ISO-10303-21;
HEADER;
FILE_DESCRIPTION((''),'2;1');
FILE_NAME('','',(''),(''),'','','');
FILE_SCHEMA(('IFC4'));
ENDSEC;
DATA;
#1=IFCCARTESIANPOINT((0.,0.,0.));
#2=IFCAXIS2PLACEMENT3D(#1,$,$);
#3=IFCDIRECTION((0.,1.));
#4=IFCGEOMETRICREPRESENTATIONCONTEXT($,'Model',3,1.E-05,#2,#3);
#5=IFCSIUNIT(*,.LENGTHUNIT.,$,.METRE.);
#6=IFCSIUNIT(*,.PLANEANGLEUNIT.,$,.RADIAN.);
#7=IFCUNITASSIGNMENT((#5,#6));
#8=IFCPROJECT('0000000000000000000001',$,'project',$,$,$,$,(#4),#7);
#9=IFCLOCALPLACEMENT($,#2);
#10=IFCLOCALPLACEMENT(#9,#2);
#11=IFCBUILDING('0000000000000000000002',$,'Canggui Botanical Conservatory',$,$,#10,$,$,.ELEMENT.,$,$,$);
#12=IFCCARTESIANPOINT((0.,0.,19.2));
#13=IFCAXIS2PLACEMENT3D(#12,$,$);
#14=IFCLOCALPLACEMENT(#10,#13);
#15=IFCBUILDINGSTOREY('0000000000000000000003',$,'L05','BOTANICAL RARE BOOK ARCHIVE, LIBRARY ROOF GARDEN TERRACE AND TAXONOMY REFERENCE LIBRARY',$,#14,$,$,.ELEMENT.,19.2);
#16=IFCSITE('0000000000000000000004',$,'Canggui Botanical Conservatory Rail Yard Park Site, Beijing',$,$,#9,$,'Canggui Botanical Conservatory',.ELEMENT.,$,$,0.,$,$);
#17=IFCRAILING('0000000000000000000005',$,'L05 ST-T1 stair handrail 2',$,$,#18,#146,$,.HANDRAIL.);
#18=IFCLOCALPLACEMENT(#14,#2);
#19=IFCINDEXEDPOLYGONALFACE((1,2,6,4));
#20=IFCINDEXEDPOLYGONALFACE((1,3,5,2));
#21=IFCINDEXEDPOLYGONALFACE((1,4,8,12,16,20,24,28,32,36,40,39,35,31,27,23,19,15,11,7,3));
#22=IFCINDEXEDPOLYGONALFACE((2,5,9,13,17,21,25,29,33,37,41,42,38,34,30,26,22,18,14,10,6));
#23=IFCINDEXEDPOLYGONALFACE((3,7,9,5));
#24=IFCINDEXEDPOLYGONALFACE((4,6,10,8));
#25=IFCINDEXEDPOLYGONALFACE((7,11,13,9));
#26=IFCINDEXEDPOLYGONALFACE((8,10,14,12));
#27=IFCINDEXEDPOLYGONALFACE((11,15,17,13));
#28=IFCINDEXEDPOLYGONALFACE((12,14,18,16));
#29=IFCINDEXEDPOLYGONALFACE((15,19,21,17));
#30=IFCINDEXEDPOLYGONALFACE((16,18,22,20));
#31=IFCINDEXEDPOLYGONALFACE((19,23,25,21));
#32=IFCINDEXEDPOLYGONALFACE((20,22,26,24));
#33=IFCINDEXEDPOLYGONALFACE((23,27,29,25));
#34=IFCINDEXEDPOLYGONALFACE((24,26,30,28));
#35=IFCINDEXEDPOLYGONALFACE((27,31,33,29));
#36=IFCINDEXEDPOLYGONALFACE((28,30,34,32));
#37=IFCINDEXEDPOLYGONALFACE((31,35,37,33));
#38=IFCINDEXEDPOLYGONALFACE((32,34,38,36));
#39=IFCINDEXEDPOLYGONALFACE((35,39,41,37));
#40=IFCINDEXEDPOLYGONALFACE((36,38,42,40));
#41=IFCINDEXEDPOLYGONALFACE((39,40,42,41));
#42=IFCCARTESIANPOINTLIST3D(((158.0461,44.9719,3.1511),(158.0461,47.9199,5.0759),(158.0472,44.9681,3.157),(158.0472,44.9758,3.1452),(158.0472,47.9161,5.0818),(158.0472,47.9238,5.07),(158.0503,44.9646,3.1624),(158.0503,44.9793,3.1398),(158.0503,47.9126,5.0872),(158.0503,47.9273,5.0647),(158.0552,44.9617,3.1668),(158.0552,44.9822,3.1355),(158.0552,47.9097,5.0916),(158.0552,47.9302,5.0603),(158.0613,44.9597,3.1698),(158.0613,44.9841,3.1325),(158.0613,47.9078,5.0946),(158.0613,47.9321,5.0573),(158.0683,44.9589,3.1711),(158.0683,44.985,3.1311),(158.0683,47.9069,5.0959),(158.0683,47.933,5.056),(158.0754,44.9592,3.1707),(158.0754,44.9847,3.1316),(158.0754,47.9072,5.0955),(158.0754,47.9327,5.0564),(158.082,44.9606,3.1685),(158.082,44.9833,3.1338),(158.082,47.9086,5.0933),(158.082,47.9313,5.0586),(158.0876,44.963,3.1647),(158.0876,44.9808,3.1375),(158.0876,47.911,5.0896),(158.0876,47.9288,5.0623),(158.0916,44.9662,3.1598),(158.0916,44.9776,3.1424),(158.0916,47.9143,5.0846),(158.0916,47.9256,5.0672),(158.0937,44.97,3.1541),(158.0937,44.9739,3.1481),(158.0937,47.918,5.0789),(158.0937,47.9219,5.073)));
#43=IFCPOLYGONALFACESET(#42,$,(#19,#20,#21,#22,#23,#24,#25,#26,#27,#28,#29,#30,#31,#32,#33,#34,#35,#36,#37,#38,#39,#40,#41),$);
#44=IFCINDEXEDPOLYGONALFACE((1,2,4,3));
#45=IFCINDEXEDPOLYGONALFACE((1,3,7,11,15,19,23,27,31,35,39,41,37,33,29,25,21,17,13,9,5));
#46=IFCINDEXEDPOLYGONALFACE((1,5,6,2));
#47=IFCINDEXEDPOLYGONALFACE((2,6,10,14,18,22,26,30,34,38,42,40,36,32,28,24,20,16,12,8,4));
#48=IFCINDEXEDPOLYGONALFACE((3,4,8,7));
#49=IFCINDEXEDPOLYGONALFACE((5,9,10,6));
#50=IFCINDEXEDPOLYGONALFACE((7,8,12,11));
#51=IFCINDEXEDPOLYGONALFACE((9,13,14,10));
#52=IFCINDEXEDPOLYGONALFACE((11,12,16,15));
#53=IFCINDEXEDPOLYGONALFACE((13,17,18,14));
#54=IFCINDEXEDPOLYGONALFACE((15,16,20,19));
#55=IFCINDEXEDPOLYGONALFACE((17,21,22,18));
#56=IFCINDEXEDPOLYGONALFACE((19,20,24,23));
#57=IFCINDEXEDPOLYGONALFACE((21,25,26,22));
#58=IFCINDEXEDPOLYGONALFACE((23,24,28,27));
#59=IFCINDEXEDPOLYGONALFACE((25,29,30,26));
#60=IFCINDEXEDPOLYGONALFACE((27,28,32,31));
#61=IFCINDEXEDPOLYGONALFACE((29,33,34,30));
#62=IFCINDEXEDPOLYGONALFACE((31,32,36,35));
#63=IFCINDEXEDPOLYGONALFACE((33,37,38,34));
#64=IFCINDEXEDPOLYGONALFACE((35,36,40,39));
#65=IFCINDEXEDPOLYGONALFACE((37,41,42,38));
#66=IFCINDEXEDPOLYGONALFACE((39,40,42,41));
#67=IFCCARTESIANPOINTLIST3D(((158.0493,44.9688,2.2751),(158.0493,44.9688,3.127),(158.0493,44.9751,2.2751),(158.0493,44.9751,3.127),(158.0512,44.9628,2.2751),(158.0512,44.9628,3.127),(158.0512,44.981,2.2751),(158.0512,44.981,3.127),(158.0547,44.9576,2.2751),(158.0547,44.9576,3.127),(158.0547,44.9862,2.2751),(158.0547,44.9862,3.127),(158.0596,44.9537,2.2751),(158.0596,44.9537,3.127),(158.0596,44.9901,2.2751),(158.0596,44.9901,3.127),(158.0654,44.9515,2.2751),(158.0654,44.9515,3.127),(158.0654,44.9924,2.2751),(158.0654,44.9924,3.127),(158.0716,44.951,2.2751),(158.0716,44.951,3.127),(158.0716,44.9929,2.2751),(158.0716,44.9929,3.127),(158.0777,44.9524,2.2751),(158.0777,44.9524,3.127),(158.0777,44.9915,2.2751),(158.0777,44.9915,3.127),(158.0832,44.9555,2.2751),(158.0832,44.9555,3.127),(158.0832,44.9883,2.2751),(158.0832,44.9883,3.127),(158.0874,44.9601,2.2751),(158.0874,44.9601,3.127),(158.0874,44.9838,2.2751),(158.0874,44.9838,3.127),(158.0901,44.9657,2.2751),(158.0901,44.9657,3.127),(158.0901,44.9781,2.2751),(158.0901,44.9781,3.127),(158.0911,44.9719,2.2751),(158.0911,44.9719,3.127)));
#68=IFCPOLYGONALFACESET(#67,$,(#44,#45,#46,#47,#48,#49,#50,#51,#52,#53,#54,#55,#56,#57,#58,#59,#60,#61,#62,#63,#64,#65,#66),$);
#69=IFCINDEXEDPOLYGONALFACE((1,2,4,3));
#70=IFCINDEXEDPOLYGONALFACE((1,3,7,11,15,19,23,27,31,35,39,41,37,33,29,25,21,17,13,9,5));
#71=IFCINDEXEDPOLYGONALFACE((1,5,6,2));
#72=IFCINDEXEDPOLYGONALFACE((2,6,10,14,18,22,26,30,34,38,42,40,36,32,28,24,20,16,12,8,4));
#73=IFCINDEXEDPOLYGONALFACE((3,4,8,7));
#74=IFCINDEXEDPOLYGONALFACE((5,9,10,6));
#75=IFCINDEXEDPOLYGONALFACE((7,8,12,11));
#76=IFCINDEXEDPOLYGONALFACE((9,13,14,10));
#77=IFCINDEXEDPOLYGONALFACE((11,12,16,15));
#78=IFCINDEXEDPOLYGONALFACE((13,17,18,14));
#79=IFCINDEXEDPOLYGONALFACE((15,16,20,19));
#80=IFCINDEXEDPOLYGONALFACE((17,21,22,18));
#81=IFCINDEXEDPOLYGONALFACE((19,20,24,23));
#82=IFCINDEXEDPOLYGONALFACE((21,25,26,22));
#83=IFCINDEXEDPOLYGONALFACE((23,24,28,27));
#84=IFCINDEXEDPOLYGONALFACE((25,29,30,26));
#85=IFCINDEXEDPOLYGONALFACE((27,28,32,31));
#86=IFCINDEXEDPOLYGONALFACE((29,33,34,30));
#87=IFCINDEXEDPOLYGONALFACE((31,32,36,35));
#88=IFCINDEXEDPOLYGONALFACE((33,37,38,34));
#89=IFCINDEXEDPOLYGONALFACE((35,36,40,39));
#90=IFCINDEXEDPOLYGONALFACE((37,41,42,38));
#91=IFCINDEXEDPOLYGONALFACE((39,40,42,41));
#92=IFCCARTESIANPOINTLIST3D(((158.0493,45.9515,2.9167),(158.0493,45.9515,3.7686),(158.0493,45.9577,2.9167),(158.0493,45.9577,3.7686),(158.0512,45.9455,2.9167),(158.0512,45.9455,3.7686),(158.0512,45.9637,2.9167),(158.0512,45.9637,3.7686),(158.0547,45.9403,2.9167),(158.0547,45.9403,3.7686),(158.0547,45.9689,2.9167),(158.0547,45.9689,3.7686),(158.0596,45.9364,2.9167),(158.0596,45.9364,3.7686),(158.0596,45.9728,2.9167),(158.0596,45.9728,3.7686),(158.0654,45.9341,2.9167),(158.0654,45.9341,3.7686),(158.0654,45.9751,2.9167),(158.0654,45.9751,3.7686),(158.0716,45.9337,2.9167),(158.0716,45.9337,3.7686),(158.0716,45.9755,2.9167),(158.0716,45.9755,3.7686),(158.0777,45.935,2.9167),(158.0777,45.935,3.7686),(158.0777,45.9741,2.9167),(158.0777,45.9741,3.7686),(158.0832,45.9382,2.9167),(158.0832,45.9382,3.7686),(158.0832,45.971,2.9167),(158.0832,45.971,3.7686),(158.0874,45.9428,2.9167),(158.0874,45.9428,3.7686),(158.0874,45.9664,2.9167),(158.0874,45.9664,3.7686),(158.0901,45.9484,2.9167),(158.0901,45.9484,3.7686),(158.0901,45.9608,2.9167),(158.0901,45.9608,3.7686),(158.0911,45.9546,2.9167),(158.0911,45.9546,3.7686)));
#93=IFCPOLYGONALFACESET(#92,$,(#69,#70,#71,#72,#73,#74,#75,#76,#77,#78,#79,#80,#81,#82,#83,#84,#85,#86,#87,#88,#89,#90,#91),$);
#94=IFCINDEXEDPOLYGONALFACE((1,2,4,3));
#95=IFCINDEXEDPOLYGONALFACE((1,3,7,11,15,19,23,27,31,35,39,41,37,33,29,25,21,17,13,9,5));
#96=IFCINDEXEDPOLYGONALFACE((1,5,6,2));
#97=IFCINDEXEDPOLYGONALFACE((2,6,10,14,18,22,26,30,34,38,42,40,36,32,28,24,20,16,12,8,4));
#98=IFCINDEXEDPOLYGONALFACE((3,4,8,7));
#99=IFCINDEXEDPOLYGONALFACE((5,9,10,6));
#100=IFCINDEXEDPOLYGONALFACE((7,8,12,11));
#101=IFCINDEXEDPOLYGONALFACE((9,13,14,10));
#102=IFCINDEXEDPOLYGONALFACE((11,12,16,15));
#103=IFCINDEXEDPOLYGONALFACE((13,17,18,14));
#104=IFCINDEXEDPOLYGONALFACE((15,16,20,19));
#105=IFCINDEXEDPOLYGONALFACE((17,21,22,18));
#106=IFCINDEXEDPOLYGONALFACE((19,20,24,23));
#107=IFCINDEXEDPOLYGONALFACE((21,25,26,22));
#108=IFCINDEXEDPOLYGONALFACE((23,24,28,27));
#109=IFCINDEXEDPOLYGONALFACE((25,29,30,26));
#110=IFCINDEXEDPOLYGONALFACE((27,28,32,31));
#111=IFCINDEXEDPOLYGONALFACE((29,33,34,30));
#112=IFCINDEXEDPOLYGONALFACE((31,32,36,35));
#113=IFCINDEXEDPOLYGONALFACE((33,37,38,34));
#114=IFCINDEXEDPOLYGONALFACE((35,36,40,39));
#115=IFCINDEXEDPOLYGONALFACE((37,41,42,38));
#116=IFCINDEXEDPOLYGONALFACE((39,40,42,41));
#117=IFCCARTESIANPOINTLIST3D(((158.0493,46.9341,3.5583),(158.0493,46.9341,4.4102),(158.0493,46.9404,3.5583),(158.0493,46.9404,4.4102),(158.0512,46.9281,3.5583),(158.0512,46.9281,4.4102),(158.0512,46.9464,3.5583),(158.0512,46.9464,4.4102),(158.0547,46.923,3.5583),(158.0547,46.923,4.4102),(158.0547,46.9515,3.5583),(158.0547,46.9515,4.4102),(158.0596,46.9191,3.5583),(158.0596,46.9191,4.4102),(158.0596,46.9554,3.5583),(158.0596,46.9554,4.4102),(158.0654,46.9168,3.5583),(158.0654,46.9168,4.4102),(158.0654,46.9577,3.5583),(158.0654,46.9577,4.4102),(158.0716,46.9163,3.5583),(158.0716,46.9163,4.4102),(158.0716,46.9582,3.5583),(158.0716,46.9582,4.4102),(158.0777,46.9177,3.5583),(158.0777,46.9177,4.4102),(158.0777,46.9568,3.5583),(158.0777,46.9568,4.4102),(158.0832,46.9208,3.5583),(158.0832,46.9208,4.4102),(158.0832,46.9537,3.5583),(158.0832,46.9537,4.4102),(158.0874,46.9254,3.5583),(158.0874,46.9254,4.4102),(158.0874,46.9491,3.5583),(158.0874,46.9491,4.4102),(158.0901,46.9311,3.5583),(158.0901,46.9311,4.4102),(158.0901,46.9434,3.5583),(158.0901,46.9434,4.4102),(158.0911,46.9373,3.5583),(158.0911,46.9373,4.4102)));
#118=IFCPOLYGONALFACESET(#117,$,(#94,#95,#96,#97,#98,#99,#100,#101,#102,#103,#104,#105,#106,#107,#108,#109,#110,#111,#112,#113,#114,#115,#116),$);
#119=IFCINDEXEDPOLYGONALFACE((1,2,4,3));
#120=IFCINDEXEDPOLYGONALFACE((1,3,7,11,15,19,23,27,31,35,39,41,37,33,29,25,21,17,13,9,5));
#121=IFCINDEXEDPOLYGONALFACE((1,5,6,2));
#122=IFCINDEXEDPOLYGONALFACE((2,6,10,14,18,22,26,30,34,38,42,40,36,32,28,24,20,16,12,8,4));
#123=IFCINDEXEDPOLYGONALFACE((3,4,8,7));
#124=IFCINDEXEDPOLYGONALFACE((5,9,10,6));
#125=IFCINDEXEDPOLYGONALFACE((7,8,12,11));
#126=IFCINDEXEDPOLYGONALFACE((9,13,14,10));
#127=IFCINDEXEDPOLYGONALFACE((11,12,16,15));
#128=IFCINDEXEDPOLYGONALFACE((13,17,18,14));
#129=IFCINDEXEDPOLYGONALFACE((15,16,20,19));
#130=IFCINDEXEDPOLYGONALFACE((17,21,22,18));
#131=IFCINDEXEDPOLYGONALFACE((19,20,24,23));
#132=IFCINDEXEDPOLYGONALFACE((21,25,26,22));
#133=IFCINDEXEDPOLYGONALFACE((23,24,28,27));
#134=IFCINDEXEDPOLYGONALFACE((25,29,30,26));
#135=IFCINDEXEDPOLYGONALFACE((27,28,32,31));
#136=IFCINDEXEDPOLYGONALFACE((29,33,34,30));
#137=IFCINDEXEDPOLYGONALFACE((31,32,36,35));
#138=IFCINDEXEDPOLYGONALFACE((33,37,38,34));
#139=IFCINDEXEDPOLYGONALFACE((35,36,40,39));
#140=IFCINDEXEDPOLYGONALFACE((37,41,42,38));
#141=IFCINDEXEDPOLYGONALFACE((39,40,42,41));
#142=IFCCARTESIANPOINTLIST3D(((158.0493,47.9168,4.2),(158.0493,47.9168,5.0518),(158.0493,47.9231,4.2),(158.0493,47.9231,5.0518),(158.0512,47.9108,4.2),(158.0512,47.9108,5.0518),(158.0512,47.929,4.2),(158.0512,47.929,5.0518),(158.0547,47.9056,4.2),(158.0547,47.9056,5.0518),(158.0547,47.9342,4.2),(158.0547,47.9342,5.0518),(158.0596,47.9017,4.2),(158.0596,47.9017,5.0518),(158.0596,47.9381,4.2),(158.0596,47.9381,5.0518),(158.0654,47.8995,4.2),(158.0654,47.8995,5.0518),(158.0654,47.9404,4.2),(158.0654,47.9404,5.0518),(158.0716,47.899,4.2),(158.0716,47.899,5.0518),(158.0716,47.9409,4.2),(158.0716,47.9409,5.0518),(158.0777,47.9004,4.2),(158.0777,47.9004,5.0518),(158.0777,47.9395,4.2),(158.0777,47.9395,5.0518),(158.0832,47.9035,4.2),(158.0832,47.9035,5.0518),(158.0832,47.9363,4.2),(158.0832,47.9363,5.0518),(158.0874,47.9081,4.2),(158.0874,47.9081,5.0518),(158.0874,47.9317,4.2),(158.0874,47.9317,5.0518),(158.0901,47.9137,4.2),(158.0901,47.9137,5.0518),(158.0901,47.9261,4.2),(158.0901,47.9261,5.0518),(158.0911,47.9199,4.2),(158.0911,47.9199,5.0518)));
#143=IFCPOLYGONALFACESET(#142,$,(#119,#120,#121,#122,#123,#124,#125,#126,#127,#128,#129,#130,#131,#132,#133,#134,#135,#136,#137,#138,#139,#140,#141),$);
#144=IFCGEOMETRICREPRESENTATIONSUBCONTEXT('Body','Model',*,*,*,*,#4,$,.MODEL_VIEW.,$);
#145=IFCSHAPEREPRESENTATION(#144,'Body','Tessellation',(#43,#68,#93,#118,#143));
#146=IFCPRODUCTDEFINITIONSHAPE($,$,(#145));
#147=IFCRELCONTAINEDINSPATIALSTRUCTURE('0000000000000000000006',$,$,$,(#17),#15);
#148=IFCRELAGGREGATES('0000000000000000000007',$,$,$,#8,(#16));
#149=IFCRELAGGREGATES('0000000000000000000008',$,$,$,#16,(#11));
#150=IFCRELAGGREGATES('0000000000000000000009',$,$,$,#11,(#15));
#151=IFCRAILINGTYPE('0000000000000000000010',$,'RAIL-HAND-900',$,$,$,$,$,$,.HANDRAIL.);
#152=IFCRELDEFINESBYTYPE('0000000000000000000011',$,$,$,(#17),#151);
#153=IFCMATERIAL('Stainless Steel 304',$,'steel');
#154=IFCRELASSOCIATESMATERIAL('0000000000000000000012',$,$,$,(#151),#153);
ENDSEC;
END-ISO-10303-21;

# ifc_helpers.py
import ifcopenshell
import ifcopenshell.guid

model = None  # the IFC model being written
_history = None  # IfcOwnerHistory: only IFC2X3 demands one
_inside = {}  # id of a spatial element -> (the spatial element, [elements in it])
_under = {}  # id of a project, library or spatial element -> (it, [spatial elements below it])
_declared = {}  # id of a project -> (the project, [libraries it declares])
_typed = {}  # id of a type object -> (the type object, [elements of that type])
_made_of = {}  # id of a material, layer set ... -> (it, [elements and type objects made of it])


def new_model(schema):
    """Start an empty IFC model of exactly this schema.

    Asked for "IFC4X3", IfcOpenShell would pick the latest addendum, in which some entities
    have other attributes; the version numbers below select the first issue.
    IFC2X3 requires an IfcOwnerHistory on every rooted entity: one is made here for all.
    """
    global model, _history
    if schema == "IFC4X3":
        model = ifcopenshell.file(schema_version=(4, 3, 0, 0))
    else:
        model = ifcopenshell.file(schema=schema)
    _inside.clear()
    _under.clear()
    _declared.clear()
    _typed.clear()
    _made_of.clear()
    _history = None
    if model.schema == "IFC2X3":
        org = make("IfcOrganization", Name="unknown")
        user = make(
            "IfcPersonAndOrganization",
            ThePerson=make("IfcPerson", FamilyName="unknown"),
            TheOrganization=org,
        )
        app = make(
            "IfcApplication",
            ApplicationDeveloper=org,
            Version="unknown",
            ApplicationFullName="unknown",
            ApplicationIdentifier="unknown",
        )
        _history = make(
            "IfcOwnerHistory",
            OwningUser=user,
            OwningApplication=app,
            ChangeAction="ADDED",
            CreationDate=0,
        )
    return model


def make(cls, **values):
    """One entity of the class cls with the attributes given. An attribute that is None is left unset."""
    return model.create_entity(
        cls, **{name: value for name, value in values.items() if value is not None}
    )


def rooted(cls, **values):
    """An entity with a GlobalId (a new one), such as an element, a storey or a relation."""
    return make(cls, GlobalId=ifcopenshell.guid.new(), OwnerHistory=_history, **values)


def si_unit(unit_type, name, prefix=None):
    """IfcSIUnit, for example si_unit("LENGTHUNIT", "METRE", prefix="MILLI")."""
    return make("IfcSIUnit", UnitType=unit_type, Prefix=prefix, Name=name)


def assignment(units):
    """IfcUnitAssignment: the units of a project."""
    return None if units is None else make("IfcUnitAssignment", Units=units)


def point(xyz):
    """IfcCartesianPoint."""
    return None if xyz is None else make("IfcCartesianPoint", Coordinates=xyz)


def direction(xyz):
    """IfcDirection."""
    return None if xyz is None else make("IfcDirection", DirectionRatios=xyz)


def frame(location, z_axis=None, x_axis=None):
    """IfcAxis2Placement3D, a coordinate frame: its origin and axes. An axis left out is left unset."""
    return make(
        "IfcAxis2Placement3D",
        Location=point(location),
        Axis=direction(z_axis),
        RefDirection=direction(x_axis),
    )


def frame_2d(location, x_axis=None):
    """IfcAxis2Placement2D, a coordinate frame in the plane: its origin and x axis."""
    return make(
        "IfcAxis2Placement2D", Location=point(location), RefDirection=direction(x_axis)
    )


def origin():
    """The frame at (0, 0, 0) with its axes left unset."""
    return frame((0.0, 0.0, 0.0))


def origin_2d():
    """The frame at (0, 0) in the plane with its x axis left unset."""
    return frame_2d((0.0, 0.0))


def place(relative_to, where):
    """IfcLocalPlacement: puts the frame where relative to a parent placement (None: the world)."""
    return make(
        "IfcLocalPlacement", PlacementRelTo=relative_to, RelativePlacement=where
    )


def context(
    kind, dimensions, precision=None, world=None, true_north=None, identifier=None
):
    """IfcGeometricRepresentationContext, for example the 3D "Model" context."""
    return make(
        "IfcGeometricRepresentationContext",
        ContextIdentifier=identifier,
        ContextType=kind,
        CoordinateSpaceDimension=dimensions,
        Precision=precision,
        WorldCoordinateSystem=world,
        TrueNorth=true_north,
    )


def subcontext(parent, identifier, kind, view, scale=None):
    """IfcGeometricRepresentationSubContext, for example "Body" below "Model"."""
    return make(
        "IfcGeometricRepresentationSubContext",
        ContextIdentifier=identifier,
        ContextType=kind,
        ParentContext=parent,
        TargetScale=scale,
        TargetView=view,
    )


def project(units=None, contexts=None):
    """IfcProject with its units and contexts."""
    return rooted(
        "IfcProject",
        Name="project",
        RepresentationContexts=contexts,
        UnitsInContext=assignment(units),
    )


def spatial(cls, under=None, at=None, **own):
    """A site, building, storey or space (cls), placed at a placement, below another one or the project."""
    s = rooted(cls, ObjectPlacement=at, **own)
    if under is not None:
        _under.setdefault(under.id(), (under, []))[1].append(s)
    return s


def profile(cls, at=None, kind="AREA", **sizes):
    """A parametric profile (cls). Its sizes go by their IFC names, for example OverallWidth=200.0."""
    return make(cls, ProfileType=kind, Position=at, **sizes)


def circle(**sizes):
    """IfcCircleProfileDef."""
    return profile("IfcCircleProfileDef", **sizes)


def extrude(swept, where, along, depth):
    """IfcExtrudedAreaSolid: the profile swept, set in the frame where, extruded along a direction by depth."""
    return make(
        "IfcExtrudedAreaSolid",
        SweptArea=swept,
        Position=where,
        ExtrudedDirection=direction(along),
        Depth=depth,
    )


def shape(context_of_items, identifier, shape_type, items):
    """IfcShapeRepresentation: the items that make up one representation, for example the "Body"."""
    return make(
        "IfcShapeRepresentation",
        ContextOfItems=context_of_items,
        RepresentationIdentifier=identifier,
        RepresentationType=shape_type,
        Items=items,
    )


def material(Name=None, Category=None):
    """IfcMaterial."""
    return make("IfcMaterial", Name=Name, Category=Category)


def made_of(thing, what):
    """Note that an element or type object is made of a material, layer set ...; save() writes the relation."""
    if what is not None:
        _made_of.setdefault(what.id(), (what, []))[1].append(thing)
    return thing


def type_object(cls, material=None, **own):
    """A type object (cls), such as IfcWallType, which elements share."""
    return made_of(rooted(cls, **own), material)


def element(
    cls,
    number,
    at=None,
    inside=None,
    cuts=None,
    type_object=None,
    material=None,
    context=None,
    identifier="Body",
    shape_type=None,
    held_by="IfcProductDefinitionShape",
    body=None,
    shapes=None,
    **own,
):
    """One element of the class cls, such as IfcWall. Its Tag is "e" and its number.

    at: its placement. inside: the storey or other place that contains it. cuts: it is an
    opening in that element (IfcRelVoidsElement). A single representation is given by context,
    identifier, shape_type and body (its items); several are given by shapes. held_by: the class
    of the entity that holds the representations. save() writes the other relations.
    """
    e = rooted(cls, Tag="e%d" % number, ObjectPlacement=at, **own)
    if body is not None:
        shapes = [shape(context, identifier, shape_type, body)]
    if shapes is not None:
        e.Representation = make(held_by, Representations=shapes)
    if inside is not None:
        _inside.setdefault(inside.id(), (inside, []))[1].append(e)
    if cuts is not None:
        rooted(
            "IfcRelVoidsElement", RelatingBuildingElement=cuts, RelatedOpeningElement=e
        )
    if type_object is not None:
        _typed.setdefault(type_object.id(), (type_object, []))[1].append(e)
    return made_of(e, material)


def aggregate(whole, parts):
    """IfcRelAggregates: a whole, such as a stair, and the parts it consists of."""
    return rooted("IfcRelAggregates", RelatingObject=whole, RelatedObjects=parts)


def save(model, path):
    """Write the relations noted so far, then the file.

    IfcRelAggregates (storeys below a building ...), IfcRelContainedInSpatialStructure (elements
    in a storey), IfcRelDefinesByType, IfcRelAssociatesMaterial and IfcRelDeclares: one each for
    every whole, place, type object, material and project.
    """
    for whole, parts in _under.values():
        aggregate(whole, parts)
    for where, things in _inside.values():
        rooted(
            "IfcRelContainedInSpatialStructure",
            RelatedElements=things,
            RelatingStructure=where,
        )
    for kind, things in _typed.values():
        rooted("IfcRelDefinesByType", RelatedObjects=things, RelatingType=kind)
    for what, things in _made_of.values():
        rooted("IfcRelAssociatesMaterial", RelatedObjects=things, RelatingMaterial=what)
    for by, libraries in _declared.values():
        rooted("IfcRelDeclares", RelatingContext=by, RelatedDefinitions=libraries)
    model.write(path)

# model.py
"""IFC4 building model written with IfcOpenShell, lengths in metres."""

from ifc_helpers import new_model, si_unit, direction, frame, origin, origin_2d, place, context, subcontext, project, spatial, circle, extrude, material, type_object, element, save


model = new_model("IFC4")

# Units and contexts
model_context = context("Model", 3, precision=1e-05, world=origin(), true_north=direction((0.0, 1.0)))
body_context = subcontext(model_context, "Body", "Model", "MODEL_VIEW")
ifc_project = project(units=[si_unit("LENGTHUNIT", "METRE"), si_unit("PLANEANGLEUNIT", "RADIAN")], contexts=[model_context])

# Site, building, storey
site_placement = place(None, origin())
site = spatial("IfcSite", under=ifc_project, at=site_placement, Name="Canggui Botanical Conservatory Rail Yard Park Site, Beijing", LongName="Canggui Botanical Conservatory", CompositionType="ELEMENT", RefElevation=0.0)
building_placement = place(site_placement, origin())
building = spatial("IfcBuilding", under=site, at=building_placement, Name="Canggui Botanical Conservatory", CompositionType="ELEMENT")
storey_placement = place(building_placement, frame((0.0, 0.0, 19.2)))
storey = spatial("IfcBuildingStorey", under=building, at=storey_placement, Name="L05", Description="BOTANICAL RARE BOOK ARCHIVE, LIBRARY ROOF GARDEN TERRACE AND TAXONOMY REFERENCE LIBRARY", CompositionType="ELEMENT", Elevation=19.2)

# Shared definitions
ifc_material_1 = material(Name="Stainless Steel 304", Category="steel")

# Railing
railing_type_1 = type_object("IfcRailingType", Name="RAIL-HAND-900", PredefinedType="HANDRAIL", material=ifc_material_1)
railing_1_placement = place(storey_placement, frame((158.0701, 44.9719, 2.2751)))
element("IfcRailing", 1, at=railing_1_placement, inside=storey, type_object=railing_type_1, Name="L05 ST-T1 stair handrail 2", PredefinedType="HANDRAIL", context=body_context, shape_type="SweptSolid", body=[
    extrude(circle(Radius=0.0239, at=origin_2d()), frame((0.0, 0.0, 0.876), z_axis=(0.0, 0.837325, 0.546706), x_axis=(-1.0, 0.0, 0.0)), (0.0, 0.0, 1.0), 3.5208),
    extrude(circle(Radius=0.021, at=origin_2d()), origin(), (0.0, 0.0, 1.0), 0.8518),
    extrude(circle(Radius=0.021, at=origin_2d()), frame((0.0, 0.9827, 0.6416)), (0.0, 0.0, 1.0), 0.8518),
    extrude(circle(Radius=0.021, at=origin_2d()), frame((0.0, 1.9653, 1.2832)), (0.0, 0.0, 1.0), 0.8518),
    extrude(circle(Radius=0.021, at=origin_2d()), frame((0.0, 2.948, 1.9248)), (0.0, 0.0, 1.0), 0.8518),
])

save(model, "model.ifc")
